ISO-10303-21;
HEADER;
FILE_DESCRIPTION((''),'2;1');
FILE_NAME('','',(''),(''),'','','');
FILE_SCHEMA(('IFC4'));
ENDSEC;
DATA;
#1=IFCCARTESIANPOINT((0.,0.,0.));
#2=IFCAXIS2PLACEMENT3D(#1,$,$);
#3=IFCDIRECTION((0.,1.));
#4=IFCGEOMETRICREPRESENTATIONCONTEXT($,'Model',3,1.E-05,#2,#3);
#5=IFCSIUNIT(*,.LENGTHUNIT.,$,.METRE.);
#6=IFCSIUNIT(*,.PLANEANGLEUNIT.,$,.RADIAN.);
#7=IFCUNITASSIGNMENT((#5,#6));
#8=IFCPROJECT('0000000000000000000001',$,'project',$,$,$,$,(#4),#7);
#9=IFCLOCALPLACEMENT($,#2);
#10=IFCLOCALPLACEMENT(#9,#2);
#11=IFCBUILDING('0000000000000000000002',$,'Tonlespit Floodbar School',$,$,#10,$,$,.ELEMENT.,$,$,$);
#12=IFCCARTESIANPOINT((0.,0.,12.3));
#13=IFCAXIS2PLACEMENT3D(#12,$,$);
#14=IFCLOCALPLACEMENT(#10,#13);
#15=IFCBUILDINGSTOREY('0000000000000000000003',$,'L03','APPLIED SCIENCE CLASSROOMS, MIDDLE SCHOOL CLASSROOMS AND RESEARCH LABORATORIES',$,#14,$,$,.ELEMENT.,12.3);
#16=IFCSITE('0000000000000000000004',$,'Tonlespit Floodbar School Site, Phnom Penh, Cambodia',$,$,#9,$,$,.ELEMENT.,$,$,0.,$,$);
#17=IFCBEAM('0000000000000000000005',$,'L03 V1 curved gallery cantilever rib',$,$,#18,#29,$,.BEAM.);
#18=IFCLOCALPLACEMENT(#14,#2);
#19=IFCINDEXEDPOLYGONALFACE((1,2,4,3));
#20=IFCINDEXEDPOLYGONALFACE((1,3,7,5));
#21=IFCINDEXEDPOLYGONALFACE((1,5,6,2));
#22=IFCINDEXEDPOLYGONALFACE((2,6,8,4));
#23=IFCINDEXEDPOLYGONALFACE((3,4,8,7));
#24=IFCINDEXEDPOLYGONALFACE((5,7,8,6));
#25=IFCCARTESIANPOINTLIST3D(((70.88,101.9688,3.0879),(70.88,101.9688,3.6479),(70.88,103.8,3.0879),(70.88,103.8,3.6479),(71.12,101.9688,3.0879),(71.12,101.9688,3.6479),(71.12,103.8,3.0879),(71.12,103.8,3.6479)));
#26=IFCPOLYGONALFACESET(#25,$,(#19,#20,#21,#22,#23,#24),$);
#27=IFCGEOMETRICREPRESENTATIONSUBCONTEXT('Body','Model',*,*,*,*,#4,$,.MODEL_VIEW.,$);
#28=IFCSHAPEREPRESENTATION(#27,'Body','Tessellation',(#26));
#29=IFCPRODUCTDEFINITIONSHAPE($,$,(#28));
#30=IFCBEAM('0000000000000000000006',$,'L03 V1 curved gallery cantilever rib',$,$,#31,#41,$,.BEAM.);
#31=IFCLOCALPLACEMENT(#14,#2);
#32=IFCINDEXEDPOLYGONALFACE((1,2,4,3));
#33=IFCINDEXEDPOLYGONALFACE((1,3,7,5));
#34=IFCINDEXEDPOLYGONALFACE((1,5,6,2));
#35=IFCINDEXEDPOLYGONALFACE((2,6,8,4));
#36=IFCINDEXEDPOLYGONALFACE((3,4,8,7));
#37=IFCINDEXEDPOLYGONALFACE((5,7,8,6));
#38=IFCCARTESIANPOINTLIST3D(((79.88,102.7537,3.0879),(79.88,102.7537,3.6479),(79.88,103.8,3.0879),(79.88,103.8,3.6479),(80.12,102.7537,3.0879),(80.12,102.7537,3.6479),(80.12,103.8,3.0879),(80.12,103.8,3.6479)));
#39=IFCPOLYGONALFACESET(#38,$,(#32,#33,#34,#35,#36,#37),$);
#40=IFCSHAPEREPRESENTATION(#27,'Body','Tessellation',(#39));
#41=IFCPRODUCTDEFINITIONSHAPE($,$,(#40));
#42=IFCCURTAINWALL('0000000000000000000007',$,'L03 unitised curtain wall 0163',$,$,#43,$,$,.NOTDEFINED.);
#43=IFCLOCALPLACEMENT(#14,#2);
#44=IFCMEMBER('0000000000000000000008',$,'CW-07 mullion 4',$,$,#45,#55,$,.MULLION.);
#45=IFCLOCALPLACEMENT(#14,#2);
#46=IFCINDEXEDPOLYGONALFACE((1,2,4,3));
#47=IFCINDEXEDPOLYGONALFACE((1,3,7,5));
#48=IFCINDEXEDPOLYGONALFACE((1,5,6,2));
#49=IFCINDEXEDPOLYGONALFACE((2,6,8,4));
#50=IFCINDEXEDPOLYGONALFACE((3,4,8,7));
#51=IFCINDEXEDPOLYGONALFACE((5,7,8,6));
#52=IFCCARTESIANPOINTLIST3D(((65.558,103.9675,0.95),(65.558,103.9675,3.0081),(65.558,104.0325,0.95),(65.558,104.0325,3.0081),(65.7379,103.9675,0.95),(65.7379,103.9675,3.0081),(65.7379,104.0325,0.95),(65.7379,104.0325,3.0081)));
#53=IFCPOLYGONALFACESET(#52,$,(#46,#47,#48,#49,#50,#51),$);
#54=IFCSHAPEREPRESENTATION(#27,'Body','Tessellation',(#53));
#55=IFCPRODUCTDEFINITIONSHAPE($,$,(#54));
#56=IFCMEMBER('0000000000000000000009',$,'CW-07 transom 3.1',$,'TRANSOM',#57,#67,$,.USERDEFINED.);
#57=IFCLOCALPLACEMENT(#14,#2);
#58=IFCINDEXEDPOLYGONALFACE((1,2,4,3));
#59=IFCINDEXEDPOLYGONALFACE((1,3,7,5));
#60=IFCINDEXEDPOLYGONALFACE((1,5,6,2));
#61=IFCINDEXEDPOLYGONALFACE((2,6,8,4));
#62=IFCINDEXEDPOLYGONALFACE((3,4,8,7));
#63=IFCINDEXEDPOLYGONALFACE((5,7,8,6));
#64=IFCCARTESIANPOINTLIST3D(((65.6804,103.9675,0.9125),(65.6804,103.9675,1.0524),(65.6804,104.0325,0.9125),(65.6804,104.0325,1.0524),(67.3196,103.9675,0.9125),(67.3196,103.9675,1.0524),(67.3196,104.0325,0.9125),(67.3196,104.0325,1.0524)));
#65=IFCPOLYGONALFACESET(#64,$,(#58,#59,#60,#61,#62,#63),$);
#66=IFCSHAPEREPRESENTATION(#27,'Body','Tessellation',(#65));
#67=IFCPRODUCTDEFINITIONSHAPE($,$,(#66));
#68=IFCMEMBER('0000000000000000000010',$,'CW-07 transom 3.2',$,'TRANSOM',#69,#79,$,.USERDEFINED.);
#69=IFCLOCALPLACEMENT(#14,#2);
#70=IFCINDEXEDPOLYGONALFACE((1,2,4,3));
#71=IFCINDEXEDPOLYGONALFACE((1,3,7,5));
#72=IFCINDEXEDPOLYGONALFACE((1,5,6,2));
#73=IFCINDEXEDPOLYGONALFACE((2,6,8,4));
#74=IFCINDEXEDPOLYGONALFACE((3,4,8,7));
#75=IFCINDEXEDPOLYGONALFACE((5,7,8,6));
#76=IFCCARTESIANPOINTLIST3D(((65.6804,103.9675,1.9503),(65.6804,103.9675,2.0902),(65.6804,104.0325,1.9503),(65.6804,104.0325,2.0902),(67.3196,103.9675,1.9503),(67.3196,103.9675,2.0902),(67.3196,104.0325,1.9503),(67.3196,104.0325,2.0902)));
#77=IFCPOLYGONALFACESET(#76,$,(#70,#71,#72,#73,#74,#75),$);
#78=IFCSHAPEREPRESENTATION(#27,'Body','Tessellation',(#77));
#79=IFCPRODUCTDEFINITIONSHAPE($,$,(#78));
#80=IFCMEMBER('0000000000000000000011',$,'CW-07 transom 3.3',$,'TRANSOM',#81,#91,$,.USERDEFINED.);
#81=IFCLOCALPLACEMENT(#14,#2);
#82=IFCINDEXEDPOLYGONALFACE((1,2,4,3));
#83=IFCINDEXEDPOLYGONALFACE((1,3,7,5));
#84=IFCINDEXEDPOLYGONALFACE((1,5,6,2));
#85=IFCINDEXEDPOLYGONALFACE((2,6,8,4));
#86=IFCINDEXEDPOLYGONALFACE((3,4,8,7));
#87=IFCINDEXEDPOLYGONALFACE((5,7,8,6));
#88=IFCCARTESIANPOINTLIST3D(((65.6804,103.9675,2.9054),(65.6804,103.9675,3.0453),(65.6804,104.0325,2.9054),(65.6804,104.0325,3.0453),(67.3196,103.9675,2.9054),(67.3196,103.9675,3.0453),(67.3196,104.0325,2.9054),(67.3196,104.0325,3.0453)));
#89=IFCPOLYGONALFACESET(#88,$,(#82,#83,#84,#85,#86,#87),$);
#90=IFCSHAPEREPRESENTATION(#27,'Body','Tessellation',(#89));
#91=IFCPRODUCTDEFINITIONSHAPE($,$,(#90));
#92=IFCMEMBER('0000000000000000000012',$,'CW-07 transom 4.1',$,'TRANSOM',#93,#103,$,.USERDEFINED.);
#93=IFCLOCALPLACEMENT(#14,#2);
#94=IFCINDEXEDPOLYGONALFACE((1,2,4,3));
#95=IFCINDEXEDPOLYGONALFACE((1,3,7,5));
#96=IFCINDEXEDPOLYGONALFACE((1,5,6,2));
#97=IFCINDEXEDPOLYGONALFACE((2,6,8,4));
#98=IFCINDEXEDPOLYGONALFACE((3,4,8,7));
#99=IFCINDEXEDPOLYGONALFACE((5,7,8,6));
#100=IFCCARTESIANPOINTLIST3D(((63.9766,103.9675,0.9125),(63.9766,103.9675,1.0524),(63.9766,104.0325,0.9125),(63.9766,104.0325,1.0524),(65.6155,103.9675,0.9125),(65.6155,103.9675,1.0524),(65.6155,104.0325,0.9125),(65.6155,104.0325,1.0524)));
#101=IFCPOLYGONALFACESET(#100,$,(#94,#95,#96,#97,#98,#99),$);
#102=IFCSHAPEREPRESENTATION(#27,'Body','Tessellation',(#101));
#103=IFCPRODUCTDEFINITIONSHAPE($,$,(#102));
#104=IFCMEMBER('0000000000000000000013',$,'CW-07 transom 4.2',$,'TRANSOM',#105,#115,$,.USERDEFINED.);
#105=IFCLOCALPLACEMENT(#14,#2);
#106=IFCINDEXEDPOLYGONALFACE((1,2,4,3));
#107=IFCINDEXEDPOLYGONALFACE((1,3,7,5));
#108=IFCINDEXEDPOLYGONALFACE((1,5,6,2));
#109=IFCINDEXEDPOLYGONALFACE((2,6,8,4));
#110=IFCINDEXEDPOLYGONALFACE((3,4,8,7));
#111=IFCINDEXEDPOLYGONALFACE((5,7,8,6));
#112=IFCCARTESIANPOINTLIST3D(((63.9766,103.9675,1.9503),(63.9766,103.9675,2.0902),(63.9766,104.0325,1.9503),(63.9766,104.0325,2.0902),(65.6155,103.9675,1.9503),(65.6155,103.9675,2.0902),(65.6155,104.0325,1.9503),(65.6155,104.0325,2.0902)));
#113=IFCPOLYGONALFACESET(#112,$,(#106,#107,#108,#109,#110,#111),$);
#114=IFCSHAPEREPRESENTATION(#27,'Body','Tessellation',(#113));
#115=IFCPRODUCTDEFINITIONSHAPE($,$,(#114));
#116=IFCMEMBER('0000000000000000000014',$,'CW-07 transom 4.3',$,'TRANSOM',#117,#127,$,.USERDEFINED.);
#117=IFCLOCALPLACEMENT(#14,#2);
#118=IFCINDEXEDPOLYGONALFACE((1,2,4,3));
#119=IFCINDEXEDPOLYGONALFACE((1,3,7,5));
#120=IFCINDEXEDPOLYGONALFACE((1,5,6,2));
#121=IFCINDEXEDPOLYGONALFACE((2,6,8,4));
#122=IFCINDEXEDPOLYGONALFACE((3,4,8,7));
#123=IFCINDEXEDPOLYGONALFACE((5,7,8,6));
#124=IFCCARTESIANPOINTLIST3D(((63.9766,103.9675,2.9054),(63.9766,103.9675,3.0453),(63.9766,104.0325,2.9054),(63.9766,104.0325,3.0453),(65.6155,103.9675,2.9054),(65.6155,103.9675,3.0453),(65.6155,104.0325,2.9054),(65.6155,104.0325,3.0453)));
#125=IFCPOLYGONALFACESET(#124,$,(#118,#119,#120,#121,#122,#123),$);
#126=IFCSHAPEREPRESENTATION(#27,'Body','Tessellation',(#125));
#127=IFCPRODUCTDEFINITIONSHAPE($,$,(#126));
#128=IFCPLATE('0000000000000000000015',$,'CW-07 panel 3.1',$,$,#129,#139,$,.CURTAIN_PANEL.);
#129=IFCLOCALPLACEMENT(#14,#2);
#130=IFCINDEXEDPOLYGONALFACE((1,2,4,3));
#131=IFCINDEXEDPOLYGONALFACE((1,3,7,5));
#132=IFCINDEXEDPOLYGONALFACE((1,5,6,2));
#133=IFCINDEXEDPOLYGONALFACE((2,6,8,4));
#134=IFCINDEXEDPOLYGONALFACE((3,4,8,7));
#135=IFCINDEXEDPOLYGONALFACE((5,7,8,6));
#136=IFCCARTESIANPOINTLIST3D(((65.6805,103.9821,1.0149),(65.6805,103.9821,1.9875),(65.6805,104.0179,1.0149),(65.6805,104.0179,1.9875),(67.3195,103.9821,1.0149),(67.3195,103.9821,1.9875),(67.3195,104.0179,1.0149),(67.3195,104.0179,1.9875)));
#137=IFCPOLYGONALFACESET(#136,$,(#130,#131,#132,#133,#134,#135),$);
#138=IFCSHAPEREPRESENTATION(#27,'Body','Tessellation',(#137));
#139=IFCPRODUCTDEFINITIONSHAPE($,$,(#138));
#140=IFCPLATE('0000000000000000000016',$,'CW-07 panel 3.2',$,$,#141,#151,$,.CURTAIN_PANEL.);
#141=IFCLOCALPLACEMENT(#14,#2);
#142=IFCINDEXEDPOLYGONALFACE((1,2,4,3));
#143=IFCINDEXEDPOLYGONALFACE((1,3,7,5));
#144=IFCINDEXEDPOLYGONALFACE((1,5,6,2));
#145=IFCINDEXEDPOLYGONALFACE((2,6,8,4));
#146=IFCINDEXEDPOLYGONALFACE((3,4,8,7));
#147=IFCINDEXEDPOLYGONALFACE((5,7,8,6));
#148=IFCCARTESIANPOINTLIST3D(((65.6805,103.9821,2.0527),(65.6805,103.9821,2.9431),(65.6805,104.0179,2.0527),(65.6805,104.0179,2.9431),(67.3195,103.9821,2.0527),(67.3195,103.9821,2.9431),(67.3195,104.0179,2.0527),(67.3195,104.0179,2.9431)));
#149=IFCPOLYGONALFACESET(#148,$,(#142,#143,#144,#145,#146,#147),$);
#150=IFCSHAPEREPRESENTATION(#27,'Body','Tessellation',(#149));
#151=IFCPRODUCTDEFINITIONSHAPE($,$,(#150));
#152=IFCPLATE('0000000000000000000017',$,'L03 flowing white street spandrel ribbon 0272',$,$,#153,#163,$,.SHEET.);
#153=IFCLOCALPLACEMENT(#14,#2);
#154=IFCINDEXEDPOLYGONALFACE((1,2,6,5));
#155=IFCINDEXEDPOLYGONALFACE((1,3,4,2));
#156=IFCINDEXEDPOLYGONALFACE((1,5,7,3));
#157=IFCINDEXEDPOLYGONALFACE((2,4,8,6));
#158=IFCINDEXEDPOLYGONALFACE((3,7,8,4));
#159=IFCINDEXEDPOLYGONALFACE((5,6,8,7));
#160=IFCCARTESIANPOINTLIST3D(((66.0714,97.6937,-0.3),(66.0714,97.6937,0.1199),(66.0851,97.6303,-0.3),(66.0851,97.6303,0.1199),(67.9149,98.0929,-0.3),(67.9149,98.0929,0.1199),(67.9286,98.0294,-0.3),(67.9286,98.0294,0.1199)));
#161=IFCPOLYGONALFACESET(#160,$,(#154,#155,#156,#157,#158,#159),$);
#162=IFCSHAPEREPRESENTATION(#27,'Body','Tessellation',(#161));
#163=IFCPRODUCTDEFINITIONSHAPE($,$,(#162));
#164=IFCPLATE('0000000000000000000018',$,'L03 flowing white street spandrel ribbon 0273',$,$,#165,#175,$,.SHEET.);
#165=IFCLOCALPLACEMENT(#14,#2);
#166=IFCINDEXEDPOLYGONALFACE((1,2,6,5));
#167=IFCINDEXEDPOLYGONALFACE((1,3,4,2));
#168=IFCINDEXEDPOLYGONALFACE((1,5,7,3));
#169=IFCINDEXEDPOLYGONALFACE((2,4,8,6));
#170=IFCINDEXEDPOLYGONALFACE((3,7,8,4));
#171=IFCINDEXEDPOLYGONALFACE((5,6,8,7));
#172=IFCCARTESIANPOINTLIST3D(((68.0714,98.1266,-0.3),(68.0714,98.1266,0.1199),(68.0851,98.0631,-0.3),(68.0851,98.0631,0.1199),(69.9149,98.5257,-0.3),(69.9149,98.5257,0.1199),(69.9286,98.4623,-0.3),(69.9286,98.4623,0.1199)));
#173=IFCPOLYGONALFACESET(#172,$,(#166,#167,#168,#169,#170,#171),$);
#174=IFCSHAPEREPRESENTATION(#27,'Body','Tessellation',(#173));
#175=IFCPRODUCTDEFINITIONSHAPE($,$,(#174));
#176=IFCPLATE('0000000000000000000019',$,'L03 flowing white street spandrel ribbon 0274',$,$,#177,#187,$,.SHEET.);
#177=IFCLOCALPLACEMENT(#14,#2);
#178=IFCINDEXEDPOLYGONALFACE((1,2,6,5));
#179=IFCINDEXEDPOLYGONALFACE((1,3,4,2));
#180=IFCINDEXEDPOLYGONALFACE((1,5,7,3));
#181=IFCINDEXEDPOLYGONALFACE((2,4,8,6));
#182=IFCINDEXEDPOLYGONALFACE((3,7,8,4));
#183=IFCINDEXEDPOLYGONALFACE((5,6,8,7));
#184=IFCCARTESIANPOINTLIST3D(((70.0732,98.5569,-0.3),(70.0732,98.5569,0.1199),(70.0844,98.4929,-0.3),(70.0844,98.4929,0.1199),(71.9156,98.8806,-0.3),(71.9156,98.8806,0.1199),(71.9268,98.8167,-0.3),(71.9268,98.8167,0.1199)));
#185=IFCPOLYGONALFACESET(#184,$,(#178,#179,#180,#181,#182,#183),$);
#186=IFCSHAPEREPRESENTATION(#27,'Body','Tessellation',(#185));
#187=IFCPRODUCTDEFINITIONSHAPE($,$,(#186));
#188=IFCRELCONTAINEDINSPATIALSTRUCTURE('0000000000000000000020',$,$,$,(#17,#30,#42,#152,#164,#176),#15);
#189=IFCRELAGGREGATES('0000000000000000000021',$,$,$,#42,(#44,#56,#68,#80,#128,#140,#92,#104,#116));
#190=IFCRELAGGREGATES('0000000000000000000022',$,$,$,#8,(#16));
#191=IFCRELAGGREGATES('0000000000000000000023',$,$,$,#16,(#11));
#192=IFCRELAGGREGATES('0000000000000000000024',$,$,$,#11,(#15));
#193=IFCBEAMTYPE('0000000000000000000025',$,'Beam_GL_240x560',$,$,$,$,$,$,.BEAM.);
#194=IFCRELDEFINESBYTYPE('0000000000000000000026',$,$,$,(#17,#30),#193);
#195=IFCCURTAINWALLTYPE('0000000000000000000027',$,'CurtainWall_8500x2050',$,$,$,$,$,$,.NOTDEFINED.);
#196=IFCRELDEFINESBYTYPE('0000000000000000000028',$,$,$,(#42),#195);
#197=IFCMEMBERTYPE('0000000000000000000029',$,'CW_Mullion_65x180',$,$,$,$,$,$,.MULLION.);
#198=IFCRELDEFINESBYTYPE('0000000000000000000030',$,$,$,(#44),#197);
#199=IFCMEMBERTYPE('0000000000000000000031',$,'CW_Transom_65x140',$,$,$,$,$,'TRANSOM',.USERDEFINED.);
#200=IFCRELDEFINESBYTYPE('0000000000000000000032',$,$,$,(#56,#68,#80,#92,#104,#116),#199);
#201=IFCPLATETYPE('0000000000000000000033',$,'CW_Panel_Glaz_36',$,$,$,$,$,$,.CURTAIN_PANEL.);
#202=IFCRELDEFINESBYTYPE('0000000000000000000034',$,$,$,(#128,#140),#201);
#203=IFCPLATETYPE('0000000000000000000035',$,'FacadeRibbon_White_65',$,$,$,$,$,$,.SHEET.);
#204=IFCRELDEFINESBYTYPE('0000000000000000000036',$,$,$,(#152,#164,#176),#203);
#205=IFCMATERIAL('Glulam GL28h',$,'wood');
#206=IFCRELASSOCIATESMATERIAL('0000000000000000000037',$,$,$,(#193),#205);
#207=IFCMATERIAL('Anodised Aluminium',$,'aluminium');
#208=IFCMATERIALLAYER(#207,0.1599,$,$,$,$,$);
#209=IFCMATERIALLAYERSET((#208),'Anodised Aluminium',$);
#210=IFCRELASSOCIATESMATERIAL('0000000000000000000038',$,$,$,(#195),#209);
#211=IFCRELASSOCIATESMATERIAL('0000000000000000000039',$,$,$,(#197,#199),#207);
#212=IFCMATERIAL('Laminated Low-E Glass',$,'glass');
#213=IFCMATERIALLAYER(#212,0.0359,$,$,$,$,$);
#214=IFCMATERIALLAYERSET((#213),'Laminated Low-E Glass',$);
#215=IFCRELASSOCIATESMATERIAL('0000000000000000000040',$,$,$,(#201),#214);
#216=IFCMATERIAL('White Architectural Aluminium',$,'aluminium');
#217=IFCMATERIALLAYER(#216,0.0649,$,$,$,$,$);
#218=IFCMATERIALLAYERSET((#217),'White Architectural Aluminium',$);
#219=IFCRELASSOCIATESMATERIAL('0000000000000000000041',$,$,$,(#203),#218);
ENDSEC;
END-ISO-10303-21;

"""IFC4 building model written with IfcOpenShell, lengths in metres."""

from ifc_helpers import new_model, si_unit, direction, frame, origin, origin_2d, place, context, subcontext, project, spatial, rectangle, extrude, material, layer, layer_set, material_profile, profile_set, type_object, element, aggregate, save


model = new_model("IFC4")

# Units and contexts
model_context = context("Model", 3, precision=1e-05, world=origin(), true_north=direction((0.0, 1.0)))
body_context = subcontext(model_context, "Body", "Model", "MODEL_VIEW")
ifc_project = project(units=[si_unit("LENGTHUNIT", "METRE"), si_unit("PLANEANGLEUNIT", "RADIAN")], contexts=[model_context])

# Site, building, storey
site_placement = place(None, origin())
site = spatial("IfcSite", under=ifc_project, at=site_placement, Name="Tonlespit Floodbar School Site, Phnom Penh, Cambodia", CompositionType="ELEMENT", RefElevation=0.0)
building_placement = place(site_placement, origin())
building = spatial("IfcBuilding", under=site, at=building_placement, Name="Tonlespit Floodbar School", CompositionType="ELEMENT")
storey_placement = place(building_placement, frame((0.0, 0.0, 12.3)))
storey = spatial("IfcBuildingStorey", under=building, at=storey_placement, Name="L03", Description="APPLIED SCIENCE CLASSROOMS, MIDDLE SCHOOL CLASSROOMS AND RESEARCH LABORATORIES", CompositionType="ELEMENT", Elevation=12.3)

# Beams
ifc_material_1 = material(Name="Glulam GL28h", Category="wood")
ifc_material_profile_1 = material_profile(ifc_material_1, rectangle(XDim=0.24, YDim=0.5601, at=origin_2d()), Name="GL 240x560")
ifc_profile_set_1 = profile_set([ifc_material_profile_1], Name="Glulam GL28h")
beam_type = type_object("IfcBeamType", Name="Beam_GL_240x560", PredefinedType="BEAM", material=ifc_profile_set_1)
beam_1_placement = place(storey_placement, frame((71.0, 103.8, 3.3679), z_axis=(0.0, -1.0, 0.0), x_axis=(1.0, 0.0, 0.0)))
element("IfcBeam", 1, at=beam_1_placement, inside=storey, type_object=beam_type, Name="L03 V1 curved gallery cantilever rib", PredefinedType="BEAM", context=body_context, shape_type="SweptSolid", body=[
    extrude(rectangle(XDim=0.24, YDim=0.5601, at=origin_2d()), origin(), (0.0, 0.0, 1.0), 1.8313),
])
beam_2_placement = place(storey_placement, frame((80.0, 103.8, 3.3679), z_axis=(0.0, -1.0, 0.0), x_axis=(1.0, 0.0, 0.0)))
element("IfcBeam", 2, at=beam_2_placement, inside=storey, type_object=beam_type, Name="L03 V1 curved gallery cantilever rib", PredefinedType="BEAM", context=body_context, shape_type="SweptSolid", body=[
    extrude(rectangle(XDim=0.24, YDim=0.5601, at=origin_2d()), origin(), (0.0, 0.0, 1.0), 1.0464),
])

# Curtain wall, members, plates
ifc_material_2 = material(Name="Anodised Aluminium", Category="aluminium")
ifc_layer_1 = layer(ifc_material_2, 0.1599)
ifc_layer_set_1 = layer_set([ifc_layer_1], Name="Anodised Aluminium")
curtain_wall_type = type_object("IfcCurtainWallType", Name="CurtainWall_8500x2050", PredefinedType="NOTDEFINED", material=ifc_layer_set_1)
curtain_wall_placement = place(storey_placement, origin())
curtain_wall = element("IfcCurtainWall", 3, at=curtain_wall_placement, inside=storey, type_object=curtain_wall_type, Name="L03 unitised curtain wall 0163", PredefinedType="NOTDEFINED")
ifc_material_profile_2 = material_profile(ifc_material_2, rectangle(XDim=0.0649, YDim=0.1799, at=origin_2d()), Name="ALU M65x180")
ifc_profile_set_2 = profile_set([ifc_material_profile_2], Name="Anodised Aluminium")
member_type_1 = type_object("IfcMemberType", Name="CW_Mullion_65x180", PredefinedType="MULLION", material=ifc_profile_set_2)
member_1_placement = place(storey_placement, frame((65.6479, 104.0, 0.95), z_axis=(0.0, 0.0, 1.0), x_axis=(0.0, -1.0, 0.0)))
member_1 = element("IfcMember", 4, at=member_1_placement, type_object=member_type_1, Name="CW-07 mullion 4", PredefinedType="MULLION", context=body_context, shape_type="SweptSolid", body=[
    extrude(rectangle(XDim=0.0649, YDim=0.1799, at=origin_2d()), origin(), (0.0, 0.0, 1.0), 2.0581),
])
ifc_material_profile_3 = material_profile(ifc_material_2, rectangle(XDim=0.0649, YDim=0.1399, at=origin_2d()), Name="ALU T65x140")
ifc_profile_set_3 = profile_set([ifc_material_profile_3], Name="Anodised Aluminium")
member_type_2 = type_object("IfcMemberType", Name="CW_Transom_65x140", ElementType="TRANSOM", PredefinedType="USERDEFINED", material=ifc_profile_set_3)
member_2_placement = place(storey_placement, frame((67.3196, 104.0, 0.9824), z_axis=(-1.0, 0.0, 0.0), x_axis=(0.0, -1.0, 0.0)))
member_2 = element("IfcMember", 5, at=member_2_placement, type_object=member_type_2, Name="CW-07 transom 3.1", ObjectType="TRANSOM", PredefinedType="USERDEFINED", context=body_context, shape_type="SweptSolid", body=[
    extrude(rectangle(XDim=0.0649, YDim=0.1399, at=origin_2d()), origin(), (0.0, 0.0, 1.0), 1.6392),
])
member_3_placement = place(storey_placement, frame((67.3196, 104.0, 2.0203), z_axis=(-1.0, 0.0, 0.0), x_axis=(0.0, -1.0, 0.0)))
member_3 = element("IfcMember", 6, at=member_3_placement, type_object=member_type_2, Name="CW-07 transom 3.2", ObjectType="TRANSOM", PredefinedType="USERDEFINED", context=body_context, shape_type="SweptSolid", body=[
    extrude(rectangle(XDim=0.0649, YDim=0.1399, at=origin_2d()), origin(), (0.0, 0.0, 1.0), 1.6392),
])
member_4_placement = place(storey_placement, frame((67.3196, 104.0, 2.9753), z_axis=(-1.0, 0.0, 0.0), x_axis=(0.0, -1.0, 0.0)))
member_4 = element("IfcMember", 7, at=member_4_placement, type_object=member_type_2, Name="CW-07 transom 3.3", ObjectType="TRANSOM", PredefinedType="USERDEFINED", context=body_context, shape_type="SweptSolid", body=[
    extrude(rectangle(XDim=0.0649, YDim=0.1399, at=origin_2d()), origin(), (0.0, 0.0, 1.0), 1.6392),
])
member_5_placement = place(storey_placement, frame((65.6155, 104.0, 0.9824), z_axis=(-1.0, 0.0, 0.0), x_axis=(0.0, -1.0, 0.0)))
member_5 = element("IfcMember", 8, at=member_5_placement, type_object=member_type_2, Name="CW-07 transom 4.1", ObjectType="TRANSOM", PredefinedType="USERDEFINED", context=body_context, shape_type="SweptSolid", body=[
    extrude(rectangle(XDim=0.0649, YDim=0.1399, at=origin_2d()), origin(), (0.0, 0.0, 1.0), 1.6389),
])
member_6_placement = place(storey_placement, frame((65.6155, 104.0, 2.0203), z_axis=(-1.0, 0.0, 0.0), x_axis=(0.0, -1.0, 0.0)))
member_6 = element("IfcMember", 9, at=member_6_placement, type_object=member_type_2, Name="CW-07 transom 4.2", ObjectType="TRANSOM", PredefinedType="USERDEFINED", context=body_context, shape_type="SweptSolid", body=[
    extrude(rectangle(XDim=0.0649, YDim=0.1399, at=origin_2d()), origin(), (0.0, 0.0, 1.0), 1.6389),
])
member_7_placement = place(storey_placement, frame((65.6155, 104.0, 2.9753), z_axis=(-1.0, 0.0, 0.0), x_axis=(0.0, -1.0, 0.0)))
member_7 = element("IfcMember", 10, at=member_7_placement, type_object=member_type_2, Name="CW-07 transom 4.3", ObjectType="TRANSOM", PredefinedType="USERDEFINED", context=body_context, shape_type="SweptSolid", body=[
    extrude(rectangle(XDim=0.0649, YDim=0.1399, at=origin_2d()), origin(), (0.0, 0.0, 1.0), 1.6389),
])
ifc_material_3 = material(Name="Laminated Low-E Glass", Category="glass")
ifc_layer_2 = layer(ifc_material_3, 0.0359)
ifc_layer_set_2 = layer_set([ifc_layer_2], Name="Laminated Low-E Glass")
plate_type_1 = type_object("IfcPlateType", Name="CW_Panel_Glaz_36", PredefinedType="CURTAIN_PANEL", material=ifc_layer_set_2)
plate_1_placement = place(storey_placement, frame((66.5, 104.0, 1.0149), z_axis=(0.0, 0.0, 1.0), x_axis=(-1.0, 0.0, 0.0)))
plate_1 = element("IfcPlate", 11, at=plate_1_placement, type_object=plate_type_1, Name="CW-07 panel 3.1", PredefinedType="CURTAIN_PANEL", context=body_context, shape_type="SweptSolid", body=[
    extrude(rectangle(XDim=1.6389, YDim=0.0359, at=origin_2d()), origin(), (0.0, 0.0, 1.0), 0.9727),
])
plate_2_placement = place(storey_placement, frame((66.5, 104.0, 2.0527), z_axis=(0.0, 0.0, 1.0), x_axis=(-1.0, 0.0, 0.0)))
plate_2 = element("IfcPlate", 12, at=plate_2_placement, type_object=plate_type_1, Name="CW-07 panel 3.2", PredefinedType="CURTAIN_PANEL", context=body_context, shape_type="SweptSolid", body=[
    extrude(rectangle(XDim=1.6389, YDim=0.0359, at=origin_2d()), origin(), (0.0, 0.0, 1.0), 0.8904),
])
aggregate(curtain_wall, [member_1, member_2, member_3, member_4, plate_1, plate_2, member_5, member_6, member_7])

# Plates
ifc_material_4 = material(Name="White Architectural Aluminium", Category="aluminium")
ifc_layer_3 = layer(ifc_material_4, 0.0649)
ifc_layer_set_3 = layer_set([ifc_layer_3], Name="White Architectural Aluminium")
plate_type_2 = type_object("IfcPlateType", Name="FacadeRibbon_White_65", PredefinedType="SHEET", material=ifc_layer_set_3)
for number, where, z_axis, x_axis, name in (
    (13, (67.0, 97.8616, -0.3), (0.0, 0.0, 1.0), (0.977357, 0.211598, 0.0), "L03 flowing white street spandrel ribbon 0272"),
    (14, (69.0, 98.2944, -0.3), (0.0, 0.0, 1.0), (0.977357, 0.211598, 0.0), "L03 flowing white street spandrel ribbon 0273"),
):
    element("IfcPlate", number, at=place(storey_placement, frame(where, z_axis=z_axis, x_axis=x_axis)), inside=storey, type_object=plate_type_2, Name=name, PredefinedType="SHEET", context=body_context, shape_type="SweptSolid", body=[
        extrude(rectangle(XDim=1.8862, YDim=0.0649, at=origin_2d()), origin(), (0.0, 0.0, 1.0), 0.4199),
    ])
plate_3_placement = place(storey_placement, frame((71.0, 98.6868, -0.3), z_axis=(0.0, 0.0, 1.0), x_axis=(0.984905, 0.173096, 0.0)))
element("IfcPlate", 15, at=plate_3_placement, inside=storey, type_object=plate_type_2, Name="L03 flowing white street spandrel ribbon 0274", PredefinedType="SHEET", context=body_context, shape_type="SweptSolid", body=[
    extrude(rectangle(XDim=1.8706, YDim=0.0649, at=origin_2d()), origin(), (0.0, 0.0, 1.0), 0.4199),
])

save(model, "model.ifc")
